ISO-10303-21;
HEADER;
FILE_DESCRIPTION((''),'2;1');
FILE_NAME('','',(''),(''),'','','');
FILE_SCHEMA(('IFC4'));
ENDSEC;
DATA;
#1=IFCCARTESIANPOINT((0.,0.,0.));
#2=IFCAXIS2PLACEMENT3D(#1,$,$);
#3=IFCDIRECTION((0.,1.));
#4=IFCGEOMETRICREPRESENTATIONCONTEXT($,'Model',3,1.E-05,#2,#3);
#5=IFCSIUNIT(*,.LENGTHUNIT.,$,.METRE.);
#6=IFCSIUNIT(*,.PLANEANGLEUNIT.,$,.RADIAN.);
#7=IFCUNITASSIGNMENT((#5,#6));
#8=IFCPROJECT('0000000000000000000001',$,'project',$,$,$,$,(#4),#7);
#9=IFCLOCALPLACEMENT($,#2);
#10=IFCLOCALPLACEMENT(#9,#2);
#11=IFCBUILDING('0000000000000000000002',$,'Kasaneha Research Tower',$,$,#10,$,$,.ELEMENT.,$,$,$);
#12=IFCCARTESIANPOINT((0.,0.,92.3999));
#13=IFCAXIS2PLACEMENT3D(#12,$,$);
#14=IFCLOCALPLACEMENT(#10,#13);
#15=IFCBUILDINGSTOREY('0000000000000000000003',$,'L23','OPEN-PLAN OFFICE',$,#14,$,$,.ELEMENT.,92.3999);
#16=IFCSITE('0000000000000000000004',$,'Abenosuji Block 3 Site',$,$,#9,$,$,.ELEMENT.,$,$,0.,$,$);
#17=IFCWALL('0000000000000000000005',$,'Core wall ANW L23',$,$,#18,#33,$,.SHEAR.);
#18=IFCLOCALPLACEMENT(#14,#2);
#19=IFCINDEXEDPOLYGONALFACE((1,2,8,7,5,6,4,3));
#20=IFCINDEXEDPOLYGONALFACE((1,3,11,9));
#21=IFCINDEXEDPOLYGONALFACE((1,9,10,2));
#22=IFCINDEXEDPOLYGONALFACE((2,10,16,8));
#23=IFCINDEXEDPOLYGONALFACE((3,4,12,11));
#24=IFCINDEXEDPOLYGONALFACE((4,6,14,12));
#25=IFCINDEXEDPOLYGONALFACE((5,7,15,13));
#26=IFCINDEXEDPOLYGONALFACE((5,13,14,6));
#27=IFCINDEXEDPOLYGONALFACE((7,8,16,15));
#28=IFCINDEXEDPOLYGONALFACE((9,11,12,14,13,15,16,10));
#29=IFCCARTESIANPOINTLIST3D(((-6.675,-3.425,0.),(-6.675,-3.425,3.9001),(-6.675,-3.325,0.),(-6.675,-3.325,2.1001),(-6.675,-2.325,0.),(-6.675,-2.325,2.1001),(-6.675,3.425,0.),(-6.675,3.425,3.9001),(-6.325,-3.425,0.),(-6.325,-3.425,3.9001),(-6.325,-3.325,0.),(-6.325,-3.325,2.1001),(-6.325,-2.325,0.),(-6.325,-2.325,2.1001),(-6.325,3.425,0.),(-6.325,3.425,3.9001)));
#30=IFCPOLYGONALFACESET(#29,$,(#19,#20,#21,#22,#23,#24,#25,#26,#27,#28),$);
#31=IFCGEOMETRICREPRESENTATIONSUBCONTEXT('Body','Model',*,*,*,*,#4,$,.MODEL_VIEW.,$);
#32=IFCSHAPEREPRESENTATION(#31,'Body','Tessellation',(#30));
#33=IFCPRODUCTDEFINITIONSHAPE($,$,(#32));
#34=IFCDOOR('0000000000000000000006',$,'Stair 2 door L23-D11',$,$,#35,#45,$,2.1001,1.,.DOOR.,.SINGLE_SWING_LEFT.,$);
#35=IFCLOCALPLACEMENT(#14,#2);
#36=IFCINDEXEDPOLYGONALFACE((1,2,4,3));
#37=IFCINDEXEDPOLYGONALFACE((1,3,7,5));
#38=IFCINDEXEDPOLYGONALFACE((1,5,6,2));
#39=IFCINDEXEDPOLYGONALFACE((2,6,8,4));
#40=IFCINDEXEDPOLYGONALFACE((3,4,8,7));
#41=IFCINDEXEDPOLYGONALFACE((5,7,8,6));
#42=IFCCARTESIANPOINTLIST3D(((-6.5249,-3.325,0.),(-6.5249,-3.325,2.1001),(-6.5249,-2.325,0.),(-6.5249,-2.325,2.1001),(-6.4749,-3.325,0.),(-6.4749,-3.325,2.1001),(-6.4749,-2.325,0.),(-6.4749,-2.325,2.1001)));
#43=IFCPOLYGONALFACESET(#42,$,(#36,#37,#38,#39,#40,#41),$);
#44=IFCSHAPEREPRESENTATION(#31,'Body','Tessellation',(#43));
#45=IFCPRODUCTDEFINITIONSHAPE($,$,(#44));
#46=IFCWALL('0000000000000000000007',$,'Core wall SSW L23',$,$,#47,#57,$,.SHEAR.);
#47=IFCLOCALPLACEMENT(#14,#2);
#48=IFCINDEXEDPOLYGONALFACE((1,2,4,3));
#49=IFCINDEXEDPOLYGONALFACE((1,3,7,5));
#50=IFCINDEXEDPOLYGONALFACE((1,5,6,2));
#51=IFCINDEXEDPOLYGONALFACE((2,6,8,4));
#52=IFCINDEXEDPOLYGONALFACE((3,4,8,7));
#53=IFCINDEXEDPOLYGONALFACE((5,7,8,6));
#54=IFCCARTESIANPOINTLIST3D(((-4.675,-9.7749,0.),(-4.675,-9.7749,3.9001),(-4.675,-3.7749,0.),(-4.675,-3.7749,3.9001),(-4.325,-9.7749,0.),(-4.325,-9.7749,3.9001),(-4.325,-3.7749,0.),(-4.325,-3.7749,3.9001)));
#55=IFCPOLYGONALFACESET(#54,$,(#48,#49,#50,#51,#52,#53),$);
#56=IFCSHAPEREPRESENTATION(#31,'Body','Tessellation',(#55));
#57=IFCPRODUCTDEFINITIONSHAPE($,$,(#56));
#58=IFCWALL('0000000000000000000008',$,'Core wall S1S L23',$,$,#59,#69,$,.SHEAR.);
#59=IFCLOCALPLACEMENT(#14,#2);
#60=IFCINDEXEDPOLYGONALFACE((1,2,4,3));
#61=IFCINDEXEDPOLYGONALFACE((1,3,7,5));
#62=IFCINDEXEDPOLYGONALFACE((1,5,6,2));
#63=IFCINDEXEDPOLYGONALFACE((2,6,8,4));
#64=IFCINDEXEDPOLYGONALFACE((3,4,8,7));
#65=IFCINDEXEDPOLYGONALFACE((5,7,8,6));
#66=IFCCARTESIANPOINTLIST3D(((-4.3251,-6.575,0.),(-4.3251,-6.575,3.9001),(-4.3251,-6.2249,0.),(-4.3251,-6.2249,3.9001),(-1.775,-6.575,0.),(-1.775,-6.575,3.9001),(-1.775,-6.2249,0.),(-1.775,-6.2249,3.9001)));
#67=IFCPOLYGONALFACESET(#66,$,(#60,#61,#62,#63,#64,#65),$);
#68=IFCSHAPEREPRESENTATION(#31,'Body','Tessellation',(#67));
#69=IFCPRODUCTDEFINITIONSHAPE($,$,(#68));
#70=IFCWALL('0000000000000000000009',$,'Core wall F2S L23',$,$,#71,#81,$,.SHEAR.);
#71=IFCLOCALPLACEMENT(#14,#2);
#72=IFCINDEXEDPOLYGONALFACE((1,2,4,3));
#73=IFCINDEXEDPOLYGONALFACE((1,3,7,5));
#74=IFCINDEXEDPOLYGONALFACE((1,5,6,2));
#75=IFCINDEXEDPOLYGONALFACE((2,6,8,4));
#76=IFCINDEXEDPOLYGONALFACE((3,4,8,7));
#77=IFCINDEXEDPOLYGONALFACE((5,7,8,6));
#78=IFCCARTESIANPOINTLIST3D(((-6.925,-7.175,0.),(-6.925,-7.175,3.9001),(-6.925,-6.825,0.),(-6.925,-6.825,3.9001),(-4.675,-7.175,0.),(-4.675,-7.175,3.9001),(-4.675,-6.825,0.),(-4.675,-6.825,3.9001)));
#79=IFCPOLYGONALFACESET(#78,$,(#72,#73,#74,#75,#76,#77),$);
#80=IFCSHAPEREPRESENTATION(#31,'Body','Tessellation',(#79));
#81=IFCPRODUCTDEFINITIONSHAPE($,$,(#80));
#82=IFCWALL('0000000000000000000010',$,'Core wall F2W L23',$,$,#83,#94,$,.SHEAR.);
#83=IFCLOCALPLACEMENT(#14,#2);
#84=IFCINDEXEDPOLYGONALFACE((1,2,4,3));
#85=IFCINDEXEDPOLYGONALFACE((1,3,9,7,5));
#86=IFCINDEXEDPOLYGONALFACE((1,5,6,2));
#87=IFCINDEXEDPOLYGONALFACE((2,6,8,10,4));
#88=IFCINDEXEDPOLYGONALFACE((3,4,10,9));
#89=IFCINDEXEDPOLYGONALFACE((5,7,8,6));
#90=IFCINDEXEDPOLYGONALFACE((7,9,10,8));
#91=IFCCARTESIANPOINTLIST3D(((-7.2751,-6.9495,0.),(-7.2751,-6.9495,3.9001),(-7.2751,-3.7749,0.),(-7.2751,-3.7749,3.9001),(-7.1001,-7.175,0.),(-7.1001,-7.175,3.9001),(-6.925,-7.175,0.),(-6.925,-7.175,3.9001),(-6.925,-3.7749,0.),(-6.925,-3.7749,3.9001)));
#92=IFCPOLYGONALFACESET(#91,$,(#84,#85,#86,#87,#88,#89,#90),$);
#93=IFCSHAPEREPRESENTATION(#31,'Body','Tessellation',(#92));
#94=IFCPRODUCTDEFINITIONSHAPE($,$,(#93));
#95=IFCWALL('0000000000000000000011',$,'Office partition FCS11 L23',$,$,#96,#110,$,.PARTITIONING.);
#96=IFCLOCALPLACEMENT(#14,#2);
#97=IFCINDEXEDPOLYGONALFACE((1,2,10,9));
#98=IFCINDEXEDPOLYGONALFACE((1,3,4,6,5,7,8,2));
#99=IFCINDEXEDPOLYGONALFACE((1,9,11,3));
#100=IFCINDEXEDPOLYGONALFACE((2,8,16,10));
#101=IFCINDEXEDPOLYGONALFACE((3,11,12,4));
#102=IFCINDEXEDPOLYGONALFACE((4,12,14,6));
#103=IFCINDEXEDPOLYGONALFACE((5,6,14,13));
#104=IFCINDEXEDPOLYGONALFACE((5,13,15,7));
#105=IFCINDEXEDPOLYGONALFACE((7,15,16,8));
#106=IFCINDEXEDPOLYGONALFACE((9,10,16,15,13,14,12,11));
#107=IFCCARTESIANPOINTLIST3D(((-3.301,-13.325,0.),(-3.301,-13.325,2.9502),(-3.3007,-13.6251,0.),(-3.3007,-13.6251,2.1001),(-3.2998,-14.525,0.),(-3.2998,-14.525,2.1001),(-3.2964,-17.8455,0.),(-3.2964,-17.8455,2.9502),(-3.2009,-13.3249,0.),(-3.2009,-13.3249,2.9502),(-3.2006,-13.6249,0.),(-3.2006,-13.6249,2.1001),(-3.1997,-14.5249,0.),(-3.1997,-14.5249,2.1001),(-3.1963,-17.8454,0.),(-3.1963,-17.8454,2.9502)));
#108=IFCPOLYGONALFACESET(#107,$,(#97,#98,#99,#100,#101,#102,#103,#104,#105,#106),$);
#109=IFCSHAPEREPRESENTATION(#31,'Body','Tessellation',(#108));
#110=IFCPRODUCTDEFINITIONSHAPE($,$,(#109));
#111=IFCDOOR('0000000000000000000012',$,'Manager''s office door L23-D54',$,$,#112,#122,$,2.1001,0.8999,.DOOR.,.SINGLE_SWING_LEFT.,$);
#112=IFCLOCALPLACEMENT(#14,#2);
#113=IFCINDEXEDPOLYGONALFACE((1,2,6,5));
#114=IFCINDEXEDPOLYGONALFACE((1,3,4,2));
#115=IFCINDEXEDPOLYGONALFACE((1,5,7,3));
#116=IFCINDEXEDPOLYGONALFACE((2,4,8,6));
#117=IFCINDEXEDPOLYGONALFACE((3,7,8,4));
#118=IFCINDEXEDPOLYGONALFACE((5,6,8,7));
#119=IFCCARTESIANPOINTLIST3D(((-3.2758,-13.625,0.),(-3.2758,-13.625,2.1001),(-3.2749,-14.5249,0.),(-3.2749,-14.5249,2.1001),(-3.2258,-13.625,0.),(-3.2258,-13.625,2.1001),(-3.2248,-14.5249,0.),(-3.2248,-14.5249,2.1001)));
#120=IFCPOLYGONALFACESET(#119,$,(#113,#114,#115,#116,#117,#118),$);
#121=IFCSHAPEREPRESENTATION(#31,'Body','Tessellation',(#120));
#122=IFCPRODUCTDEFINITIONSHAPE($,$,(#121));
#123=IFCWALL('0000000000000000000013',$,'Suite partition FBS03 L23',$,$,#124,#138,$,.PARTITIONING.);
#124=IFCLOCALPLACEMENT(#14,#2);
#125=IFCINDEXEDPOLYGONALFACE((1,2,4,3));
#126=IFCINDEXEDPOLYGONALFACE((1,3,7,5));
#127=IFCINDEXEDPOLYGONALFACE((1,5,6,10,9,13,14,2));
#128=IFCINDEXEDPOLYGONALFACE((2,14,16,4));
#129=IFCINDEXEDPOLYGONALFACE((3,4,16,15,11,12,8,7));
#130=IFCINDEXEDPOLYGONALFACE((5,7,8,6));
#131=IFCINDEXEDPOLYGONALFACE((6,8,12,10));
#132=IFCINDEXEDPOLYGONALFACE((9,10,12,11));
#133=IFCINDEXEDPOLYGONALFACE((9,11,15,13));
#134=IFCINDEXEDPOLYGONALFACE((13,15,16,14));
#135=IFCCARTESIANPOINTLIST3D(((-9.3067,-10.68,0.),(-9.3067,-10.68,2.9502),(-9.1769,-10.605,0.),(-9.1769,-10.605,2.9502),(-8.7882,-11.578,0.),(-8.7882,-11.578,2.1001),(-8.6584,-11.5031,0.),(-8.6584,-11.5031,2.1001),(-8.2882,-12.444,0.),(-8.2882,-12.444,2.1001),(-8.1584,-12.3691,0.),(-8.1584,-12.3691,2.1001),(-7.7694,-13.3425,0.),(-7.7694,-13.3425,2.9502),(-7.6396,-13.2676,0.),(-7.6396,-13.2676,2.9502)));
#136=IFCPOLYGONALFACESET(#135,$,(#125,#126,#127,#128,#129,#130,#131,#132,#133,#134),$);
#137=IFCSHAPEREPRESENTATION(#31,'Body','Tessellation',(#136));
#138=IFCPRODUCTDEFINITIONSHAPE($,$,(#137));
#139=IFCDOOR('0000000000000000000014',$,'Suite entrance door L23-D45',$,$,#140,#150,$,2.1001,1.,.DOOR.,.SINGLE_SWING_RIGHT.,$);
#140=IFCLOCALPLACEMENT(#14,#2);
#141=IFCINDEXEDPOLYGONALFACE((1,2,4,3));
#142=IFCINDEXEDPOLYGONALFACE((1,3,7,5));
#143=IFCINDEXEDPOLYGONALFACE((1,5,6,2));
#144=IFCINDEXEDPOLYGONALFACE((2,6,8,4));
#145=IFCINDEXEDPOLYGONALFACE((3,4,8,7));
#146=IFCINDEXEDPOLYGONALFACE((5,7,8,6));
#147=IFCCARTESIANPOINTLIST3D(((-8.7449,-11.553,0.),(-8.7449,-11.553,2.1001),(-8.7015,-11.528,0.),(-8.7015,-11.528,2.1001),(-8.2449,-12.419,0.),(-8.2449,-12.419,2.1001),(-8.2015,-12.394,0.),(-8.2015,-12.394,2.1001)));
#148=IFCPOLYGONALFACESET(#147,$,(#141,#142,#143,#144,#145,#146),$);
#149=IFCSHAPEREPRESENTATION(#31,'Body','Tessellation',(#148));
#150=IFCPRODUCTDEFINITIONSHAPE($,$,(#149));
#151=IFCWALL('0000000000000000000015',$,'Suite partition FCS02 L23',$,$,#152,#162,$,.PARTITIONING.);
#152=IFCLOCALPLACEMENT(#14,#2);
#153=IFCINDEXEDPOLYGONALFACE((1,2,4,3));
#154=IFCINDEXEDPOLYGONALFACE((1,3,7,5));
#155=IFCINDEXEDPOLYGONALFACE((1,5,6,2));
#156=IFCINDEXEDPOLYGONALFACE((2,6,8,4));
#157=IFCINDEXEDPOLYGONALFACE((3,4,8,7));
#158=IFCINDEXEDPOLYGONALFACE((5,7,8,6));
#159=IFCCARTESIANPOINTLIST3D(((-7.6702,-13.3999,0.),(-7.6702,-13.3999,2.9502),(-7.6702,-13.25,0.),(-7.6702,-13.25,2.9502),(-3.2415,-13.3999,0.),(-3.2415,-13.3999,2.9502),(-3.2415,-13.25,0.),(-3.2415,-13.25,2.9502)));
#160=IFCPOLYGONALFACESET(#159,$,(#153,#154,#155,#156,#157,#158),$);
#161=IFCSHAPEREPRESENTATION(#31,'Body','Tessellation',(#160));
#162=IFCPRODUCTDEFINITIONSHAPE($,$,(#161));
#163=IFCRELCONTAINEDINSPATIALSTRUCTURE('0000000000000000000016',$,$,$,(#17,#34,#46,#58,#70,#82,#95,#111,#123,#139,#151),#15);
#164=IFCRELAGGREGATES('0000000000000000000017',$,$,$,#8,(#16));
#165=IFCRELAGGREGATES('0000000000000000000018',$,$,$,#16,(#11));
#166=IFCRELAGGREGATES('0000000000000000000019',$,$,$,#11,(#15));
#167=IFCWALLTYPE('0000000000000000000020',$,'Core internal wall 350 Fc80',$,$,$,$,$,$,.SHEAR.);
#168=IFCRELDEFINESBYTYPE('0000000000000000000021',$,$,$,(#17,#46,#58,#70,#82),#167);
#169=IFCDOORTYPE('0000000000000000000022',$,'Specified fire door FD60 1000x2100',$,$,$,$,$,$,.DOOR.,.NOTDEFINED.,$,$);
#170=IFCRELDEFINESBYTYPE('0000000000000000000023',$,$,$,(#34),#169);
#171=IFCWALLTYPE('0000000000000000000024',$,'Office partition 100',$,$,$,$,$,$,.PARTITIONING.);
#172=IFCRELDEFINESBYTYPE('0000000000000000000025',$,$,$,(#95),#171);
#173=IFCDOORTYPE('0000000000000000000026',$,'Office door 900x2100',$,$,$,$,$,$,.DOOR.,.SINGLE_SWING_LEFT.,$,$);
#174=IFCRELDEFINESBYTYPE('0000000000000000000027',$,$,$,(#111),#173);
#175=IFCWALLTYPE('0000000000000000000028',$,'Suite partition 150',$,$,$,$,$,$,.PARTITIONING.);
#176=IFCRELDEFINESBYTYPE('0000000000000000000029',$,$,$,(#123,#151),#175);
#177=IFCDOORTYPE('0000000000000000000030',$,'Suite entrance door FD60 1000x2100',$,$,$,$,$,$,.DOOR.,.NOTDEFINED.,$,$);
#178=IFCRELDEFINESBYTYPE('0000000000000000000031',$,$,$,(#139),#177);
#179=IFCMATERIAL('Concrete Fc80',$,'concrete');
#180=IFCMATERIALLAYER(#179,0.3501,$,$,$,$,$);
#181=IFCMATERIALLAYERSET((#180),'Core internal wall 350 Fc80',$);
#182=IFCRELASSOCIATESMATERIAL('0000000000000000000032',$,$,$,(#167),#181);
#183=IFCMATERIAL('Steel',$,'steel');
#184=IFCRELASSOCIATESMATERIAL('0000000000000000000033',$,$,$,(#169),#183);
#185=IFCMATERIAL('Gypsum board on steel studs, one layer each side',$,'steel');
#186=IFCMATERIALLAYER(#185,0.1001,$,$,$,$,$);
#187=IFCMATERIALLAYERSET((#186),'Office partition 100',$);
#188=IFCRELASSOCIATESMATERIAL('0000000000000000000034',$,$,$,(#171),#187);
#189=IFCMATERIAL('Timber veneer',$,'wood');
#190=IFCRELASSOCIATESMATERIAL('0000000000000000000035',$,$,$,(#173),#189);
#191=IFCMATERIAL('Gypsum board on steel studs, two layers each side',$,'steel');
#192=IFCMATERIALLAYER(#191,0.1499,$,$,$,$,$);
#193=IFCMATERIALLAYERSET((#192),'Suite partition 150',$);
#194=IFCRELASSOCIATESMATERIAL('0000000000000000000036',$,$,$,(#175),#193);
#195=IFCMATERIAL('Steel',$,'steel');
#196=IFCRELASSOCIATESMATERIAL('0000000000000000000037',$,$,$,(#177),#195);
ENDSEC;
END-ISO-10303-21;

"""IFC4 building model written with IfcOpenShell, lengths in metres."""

from ifc_helpers import new_model, si_unit, direction, frame, frame_2d, origin, place, context, subcontext, project, spatial, polyline, rectangle, outline, extrude, material, layer, layer_set, type_object, element, fill, save


model = new_model("IFC4")

# Units and contexts
model_context = context("Model", 3, precision=1e-05, world=origin(), true_north=direction((0.0, 1.0)))
body_context = subcontext(model_context, "Body", "Model", "MODEL_VIEW")
ifc_project = project(units=[si_unit("LENGTHUNIT", "METRE"), si_unit("PLANEANGLEUNIT", "RADIAN")], contexts=[model_context])

# Site, building, storey
site_placement = place(None, origin())
site = spatial("IfcSite", under=ifc_project, at=site_placement, Name="Abenosuji Block 3 Site", CompositionType="ELEMENT", RefElevation=0.0)
building_placement = place(site_placement, origin())
building = spatial("IfcBuilding", under=site, at=building_placement, Name="Kasaneha Research Tower", CompositionType="ELEMENT")
storey_placement = place(building_placement, frame((0.0, 0.0, 92.3999)))
storey = spatial("IfcBuildingStorey", under=building, at=storey_placement, Name="L23", Description="OPEN-PLAN OFFICE", CompositionType="ELEMENT", Elevation=92.3999)

# Wall, opening, door
ifc_material_1 = material(Name="Concrete Fc80", Category="concrete")
ifc_layer_1 = layer(ifc_material_1, 0.3501)
ifc_layer_set_1 = layer_set([ifc_layer_1], Name="Core internal wall 350 Fc80")
wall_type_1 = type_object("IfcWallType", Name="Core internal wall 350 Fc80", PredefinedType="SHEAR", material=ifc_layer_set_1)
ifc_material_2 = material(Name="Steel", Category="steel")
door_type_1 = type_object("IfcDoorType", Name="Specified fire door FD60 1000x2100", OperationType="NOTDEFINED", PredefinedType="DOOR", material=ifc_material_2)
wall_1_placement = place(storey_placement, frame((-6.5, -3.425, 0.0), z_axis=(0.0, 0.0, 1.0), x_axis=(0.0, 1.0, 0.0)))
wall_1 = element("IfcWall", 1, at=wall_1_placement, inside=storey, type_object=wall_type_1, Name="Core wall ANW L23", PredefinedType="SHEAR", context=body_context, shape_type="SweptSolid", body=[
    extrude(rectangle(XDim=6.8501, YDim=0.3501, at=frame_2d((3.425, 0.0))), origin(), (0.0, 0.0, 1.0), 3.9001),
])
opening_1_placement = place(wall_1_placement, frame((0.1001, 0.0, 0.0)))
opening_1 = element("IfcOpeningElement", 2, at=opening_1_placement, cuts=wall_1, PredefinedType="OPENING", context=body_context, shape_type="SweptSolid", body=[
    extrude(rectangle(XDim=1.0, YDim=2.1001, at=frame_2d((0.5, 1.05))), frame((0.0, 0.1851, 0.0), z_axis=(0.0, -1.0, 0.0), x_axis=(1.0, 0.0, 0.0)), (0.0, 0.0, 1.0), 0.3701),
])
door_1_placement = place(opening_1_placement, origin())
door_1 = element("IfcDoor", 3, at=door_1_placement, inside=storey, type_object=door_type_1, Name="Stair 2 door L23-D11", OperationType="SINGLE_SWING_LEFT", OverallHeight=2.1001, OverallWidth=1.0, PredefinedType="DOOR", context=body_context, shape_type="SweptSolid", body=[
    extrude(rectangle(XDim=1.0, YDim=2.1001, at=frame_2d((0.5, 1.05))), frame((0.0, 0.0249, 0.0), z_axis=(0.0, -1.0, 0.0), x_axis=(1.0, 0.0, 0.0)), (0.0, 0.0, 1.0), 0.05),
])
fill(opening_1, door_1)

# Walls
wall_2_placement = place(storey_placement, frame((-4.5, -3.7749, 0.0), z_axis=(0.0, 0.0, 1.0), x_axis=(0.0, -1.0, 0.0)))
element("IfcWall", 4, at=wall_2_placement, inside=storey, type_object=wall_type_1, Name="Core wall SSW L23", PredefinedType="SHEAR", context=body_context, shape_type="SweptSolid", body=[
    extrude(rectangle(XDim=6.0, YDim=0.3501, at=frame_2d((3.0, 0.0))), origin(), (0.0, 0.0, 1.0), 3.9001),
])
wall_3_placement = place(storey_placement, frame((-4.325, -6.3999, 0.0), z_axis=(0.0, 0.0, 1.0), x_axis=(1.0, 0.0, 0.0)))
element("IfcWall", 5, at=wall_3_placement, inside=storey, type_object=wall_type_1, Name="Core wall S1S L23", PredefinedType="SHEAR", context=body_context, shape_type="SweptSolid", body=[
    extrude(rectangle(XDim=2.55, YDim=0.3501, at=frame_2d((1.2749, 0.0))), origin(), (0.0, 0.0, 1.0), 3.9001),
])
wall_4_placement = place(storey_placement, frame((-6.925, -7.0, 0.0), z_axis=(0.0, 0.0, 1.0), x_axis=(1.0, 0.0, 0.0)))
element("IfcWall", 6, at=wall_4_placement, inside=storey, type_object=wall_type_1, Name="Core wall F2S L23", PredefinedType="SHEAR", context=body_context, shape_type="SweptSolid", body=[
    extrude(rectangle(XDim=2.25, YDim=0.3501, at=frame_2d((1.125, 0.0))), origin(), (0.0, 0.0, 1.0), 3.9001),
])
wall_5_placement = place(storey_placement, frame((-7.1001, -3.7749, 0.0), z_axis=(0.0, 0.0, 1.0), x_axis=(0.0, -1.0, 0.0)))
element("IfcWall", 7, at=wall_5_placement, inside=storey, type_object=wall_type_1, Name="Core wall F2W L23", PredefinedType="SHEAR", context=body_context, shape_type="SweptSolid", body=[
    extrude(outline(polyline([(0.0, -0.175), (3.1746, -0.175), (3.4001, 0.0), (3.4001, 0.175), (0.0, 0.175), (0.0, -0.175)])), origin(), (0.0, 0.0, 1.0), 3.9001),
])

# Walls, openings, doors
ifc_material_3 = material(Name="Gypsum board on steel studs, one layer each side", Category="steel")
ifc_layer_2 = layer(ifc_material_3, 0.1001)
ifc_layer_set_2 = layer_set([ifc_layer_2], Name="Office partition 100")
wall_type_2 = type_object("IfcWallType", Name="Office partition 100", PredefinedType="PARTITIONING", material=ifc_layer_set_2)
wall_6_placement = place(storey_placement, frame((-3.251, -13.325, 0.0), z_axis=(0.0, 0.0, 1.0), x_axis=(0.001026, -0.999999, 0.0)))
wall_6 = element("IfcWall", 8, at=wall_6_placement, inside=storey, type_object=wall_type_2, Name="Office partition FCS11 L23", PredefinedType="PARTITIONING", context=body_context, shape_type="SweptSolid", body=[
    extrude(rectangle(XDim=4.5205, YDim=0.1001, at=frame_2d((2.2603, 0.0))), origin(), (0.0, 0.0, 1.0), 2.9502),
])
opening_2_placement = place(wall_6_placement, frame((0.3, 0.0, 0.0)))
opening_2 = element("IfcOpeningElement", 9, at=opening_2_placement, cuts=wall_6, PredefinedType="OPENING", context=body_context, shape_type="SweptSolid", body=[
    extrude(rectangle(XDim=0.8999, YDim=2.1001, at=frame_2d((0.45, 1.05))), frame((0.0, 0.0601, 0.0), z_axis=(0.0, -1.0, 0.0), x_axis=(1.0, 0.0, 0.0)), (0.0, 0.0, 1.0), 0.1201),
])
ifc_material_4 = material(Name="Timber veneer", Category="wood")
door_type_2 = type_object("IfcDoorType", Name="Office door 900x2100", OperationType="SINGLE_SWING_LEFT", PredefinedType="DOOR", material=ifc_material_4)
door_2_placement = place(opening_2_placement, origin())
door_2 = element("IfcDoor", 10, at=door_2_placement, inside=storey, type_object=door_type_2, Name="Manager's office door L23-D54", OperationType="SINGLE_SWING_LEFT", OverallHeight=2.1001, OverallWidth=0.8999, PredefinedType="DOOR", context=body_context, shape_type="SweptSolid", body=[
    extrude(rectangle(XDim=0.8999, YDim=2.1001, at=frame_2d((0.45, 1.05))), frame((0.0, 0.0249, 0.0), z_axis=(0.0, -1.0, 0.0), x_axis=(1.0, 0.0, 0.0)), (0.0, 0.0, 1.0), 0.05),
])
fill(opening_2, door_2)
ifc_material_5 = material(Name="Gypsum board on steel studs, two layers each side", Category="steel")
ifc_layer_3 = layer(ifc_material_5, 0.1499)
ifc_layer_set_3 = layer_set([ifc_layer_3], Name="Suite partition 150")
wall_type_3 = type_object("IfcWallType", Name="Suite partition 150", PredefinedType="PARTITIONING", material=ifc_layer_set_3)
wall_7_placement = place(storey_placement, frame((-7.7046, -13.3049, 0.0), z_axis=(0.0, 0.0, 1.0), x_axis=(-0.500025, 0.866011, 0.0)))
wall_7 = element("IfcWall", 11, at=wall_7_placement, inside=storey, type_object=wall_type_3, Name="Suite partition FBS03 L23", PredefinedType="PARTITIONING", context=body_context, shape_type="SweptSolid", body=[
    extrude(rectangle(XDim=3.0745, YDim=0.1499, at=frame_2d((1.5371, 0.0))), origin(), (0.0, 0.0, 1.0), 2.9502),
])
opening_3_placement = place(wall_7_placement, frame((1.0374, 0.0, 0.0)))
opening_3 = element("IfcOpeningElement", 12, at=opening_3_placement, cuts=wall_7, PredefinedType="OPENING", context=body_context, shape_type="SweptSolid", body=[
    extrude(rectangle(XDim=1.0, YDim=2.1001, at=frame_2d((0.5, 1.05))), frame((0.0, 0.085, 0.0), z_axis=(0.0, -1.0, 0.0), x_axis=(1.0, 0.0, 0.0)), (0.0, 0.0, 1.0), 0.1699),
])
ifc_material_6 = material(Name="Steel", Category="steel")
door_type_3 = type_object("IfcDoorType", Name="Suite entrance door FD60 1000x2100", OperationType="NOTDEFINED", PredefinedType="DOOR", material=ifc_material_6)
door_3_placement = place(opening_3_placement, origin())
door_3 = element("IfcDoor", 13, at=door_3_placement, inside=storey, type_object=door_type_3, Name="Suite entrance door L23-D45", OperationType="SINGLE_SWING_RIGHT", OverallHeight=2.1001, OverallWidth=1.0, PredefinedType="DOOR", context=body_context, shape_type="SweptSolid", body=[
    extrude(rectangle(XDim=1.0, YDim=2.1001, at=frame_2d((0.5, 1.05))), frame((0.0, 0.0249, 0.0), z_axis=(0.0, -1.0, 0.0), x_axis=(1.0, 0.0, 0.0)), (0.0, 0.0, 1.0), 0.05),
])
fill(opening_3, door_3)

# Wall
wall_8_placement = place(storey_placement, frame((-3.2415, -13.325, 0.0), z_axis=(0.0, 0.0, 1.0), x_axis=(-1.0, 0.0, 0.0)))
element("IfcWall", 14, at=wall_8_placement, inside=storey, type_object=wall_type_3, Name="Suite partition FCS02 L23", PredefinedType="PARTITIONING", context=body_context, shape_type="SweptSolid", body=[
    extrude(rectangle(XDim=4.4287, YDim=0.1499, at=frame_2d((2.2144, 0.0))), origin(), (0.0, 0.0, 1.0), 2.9502),
])

save(model, "model.ifc")
